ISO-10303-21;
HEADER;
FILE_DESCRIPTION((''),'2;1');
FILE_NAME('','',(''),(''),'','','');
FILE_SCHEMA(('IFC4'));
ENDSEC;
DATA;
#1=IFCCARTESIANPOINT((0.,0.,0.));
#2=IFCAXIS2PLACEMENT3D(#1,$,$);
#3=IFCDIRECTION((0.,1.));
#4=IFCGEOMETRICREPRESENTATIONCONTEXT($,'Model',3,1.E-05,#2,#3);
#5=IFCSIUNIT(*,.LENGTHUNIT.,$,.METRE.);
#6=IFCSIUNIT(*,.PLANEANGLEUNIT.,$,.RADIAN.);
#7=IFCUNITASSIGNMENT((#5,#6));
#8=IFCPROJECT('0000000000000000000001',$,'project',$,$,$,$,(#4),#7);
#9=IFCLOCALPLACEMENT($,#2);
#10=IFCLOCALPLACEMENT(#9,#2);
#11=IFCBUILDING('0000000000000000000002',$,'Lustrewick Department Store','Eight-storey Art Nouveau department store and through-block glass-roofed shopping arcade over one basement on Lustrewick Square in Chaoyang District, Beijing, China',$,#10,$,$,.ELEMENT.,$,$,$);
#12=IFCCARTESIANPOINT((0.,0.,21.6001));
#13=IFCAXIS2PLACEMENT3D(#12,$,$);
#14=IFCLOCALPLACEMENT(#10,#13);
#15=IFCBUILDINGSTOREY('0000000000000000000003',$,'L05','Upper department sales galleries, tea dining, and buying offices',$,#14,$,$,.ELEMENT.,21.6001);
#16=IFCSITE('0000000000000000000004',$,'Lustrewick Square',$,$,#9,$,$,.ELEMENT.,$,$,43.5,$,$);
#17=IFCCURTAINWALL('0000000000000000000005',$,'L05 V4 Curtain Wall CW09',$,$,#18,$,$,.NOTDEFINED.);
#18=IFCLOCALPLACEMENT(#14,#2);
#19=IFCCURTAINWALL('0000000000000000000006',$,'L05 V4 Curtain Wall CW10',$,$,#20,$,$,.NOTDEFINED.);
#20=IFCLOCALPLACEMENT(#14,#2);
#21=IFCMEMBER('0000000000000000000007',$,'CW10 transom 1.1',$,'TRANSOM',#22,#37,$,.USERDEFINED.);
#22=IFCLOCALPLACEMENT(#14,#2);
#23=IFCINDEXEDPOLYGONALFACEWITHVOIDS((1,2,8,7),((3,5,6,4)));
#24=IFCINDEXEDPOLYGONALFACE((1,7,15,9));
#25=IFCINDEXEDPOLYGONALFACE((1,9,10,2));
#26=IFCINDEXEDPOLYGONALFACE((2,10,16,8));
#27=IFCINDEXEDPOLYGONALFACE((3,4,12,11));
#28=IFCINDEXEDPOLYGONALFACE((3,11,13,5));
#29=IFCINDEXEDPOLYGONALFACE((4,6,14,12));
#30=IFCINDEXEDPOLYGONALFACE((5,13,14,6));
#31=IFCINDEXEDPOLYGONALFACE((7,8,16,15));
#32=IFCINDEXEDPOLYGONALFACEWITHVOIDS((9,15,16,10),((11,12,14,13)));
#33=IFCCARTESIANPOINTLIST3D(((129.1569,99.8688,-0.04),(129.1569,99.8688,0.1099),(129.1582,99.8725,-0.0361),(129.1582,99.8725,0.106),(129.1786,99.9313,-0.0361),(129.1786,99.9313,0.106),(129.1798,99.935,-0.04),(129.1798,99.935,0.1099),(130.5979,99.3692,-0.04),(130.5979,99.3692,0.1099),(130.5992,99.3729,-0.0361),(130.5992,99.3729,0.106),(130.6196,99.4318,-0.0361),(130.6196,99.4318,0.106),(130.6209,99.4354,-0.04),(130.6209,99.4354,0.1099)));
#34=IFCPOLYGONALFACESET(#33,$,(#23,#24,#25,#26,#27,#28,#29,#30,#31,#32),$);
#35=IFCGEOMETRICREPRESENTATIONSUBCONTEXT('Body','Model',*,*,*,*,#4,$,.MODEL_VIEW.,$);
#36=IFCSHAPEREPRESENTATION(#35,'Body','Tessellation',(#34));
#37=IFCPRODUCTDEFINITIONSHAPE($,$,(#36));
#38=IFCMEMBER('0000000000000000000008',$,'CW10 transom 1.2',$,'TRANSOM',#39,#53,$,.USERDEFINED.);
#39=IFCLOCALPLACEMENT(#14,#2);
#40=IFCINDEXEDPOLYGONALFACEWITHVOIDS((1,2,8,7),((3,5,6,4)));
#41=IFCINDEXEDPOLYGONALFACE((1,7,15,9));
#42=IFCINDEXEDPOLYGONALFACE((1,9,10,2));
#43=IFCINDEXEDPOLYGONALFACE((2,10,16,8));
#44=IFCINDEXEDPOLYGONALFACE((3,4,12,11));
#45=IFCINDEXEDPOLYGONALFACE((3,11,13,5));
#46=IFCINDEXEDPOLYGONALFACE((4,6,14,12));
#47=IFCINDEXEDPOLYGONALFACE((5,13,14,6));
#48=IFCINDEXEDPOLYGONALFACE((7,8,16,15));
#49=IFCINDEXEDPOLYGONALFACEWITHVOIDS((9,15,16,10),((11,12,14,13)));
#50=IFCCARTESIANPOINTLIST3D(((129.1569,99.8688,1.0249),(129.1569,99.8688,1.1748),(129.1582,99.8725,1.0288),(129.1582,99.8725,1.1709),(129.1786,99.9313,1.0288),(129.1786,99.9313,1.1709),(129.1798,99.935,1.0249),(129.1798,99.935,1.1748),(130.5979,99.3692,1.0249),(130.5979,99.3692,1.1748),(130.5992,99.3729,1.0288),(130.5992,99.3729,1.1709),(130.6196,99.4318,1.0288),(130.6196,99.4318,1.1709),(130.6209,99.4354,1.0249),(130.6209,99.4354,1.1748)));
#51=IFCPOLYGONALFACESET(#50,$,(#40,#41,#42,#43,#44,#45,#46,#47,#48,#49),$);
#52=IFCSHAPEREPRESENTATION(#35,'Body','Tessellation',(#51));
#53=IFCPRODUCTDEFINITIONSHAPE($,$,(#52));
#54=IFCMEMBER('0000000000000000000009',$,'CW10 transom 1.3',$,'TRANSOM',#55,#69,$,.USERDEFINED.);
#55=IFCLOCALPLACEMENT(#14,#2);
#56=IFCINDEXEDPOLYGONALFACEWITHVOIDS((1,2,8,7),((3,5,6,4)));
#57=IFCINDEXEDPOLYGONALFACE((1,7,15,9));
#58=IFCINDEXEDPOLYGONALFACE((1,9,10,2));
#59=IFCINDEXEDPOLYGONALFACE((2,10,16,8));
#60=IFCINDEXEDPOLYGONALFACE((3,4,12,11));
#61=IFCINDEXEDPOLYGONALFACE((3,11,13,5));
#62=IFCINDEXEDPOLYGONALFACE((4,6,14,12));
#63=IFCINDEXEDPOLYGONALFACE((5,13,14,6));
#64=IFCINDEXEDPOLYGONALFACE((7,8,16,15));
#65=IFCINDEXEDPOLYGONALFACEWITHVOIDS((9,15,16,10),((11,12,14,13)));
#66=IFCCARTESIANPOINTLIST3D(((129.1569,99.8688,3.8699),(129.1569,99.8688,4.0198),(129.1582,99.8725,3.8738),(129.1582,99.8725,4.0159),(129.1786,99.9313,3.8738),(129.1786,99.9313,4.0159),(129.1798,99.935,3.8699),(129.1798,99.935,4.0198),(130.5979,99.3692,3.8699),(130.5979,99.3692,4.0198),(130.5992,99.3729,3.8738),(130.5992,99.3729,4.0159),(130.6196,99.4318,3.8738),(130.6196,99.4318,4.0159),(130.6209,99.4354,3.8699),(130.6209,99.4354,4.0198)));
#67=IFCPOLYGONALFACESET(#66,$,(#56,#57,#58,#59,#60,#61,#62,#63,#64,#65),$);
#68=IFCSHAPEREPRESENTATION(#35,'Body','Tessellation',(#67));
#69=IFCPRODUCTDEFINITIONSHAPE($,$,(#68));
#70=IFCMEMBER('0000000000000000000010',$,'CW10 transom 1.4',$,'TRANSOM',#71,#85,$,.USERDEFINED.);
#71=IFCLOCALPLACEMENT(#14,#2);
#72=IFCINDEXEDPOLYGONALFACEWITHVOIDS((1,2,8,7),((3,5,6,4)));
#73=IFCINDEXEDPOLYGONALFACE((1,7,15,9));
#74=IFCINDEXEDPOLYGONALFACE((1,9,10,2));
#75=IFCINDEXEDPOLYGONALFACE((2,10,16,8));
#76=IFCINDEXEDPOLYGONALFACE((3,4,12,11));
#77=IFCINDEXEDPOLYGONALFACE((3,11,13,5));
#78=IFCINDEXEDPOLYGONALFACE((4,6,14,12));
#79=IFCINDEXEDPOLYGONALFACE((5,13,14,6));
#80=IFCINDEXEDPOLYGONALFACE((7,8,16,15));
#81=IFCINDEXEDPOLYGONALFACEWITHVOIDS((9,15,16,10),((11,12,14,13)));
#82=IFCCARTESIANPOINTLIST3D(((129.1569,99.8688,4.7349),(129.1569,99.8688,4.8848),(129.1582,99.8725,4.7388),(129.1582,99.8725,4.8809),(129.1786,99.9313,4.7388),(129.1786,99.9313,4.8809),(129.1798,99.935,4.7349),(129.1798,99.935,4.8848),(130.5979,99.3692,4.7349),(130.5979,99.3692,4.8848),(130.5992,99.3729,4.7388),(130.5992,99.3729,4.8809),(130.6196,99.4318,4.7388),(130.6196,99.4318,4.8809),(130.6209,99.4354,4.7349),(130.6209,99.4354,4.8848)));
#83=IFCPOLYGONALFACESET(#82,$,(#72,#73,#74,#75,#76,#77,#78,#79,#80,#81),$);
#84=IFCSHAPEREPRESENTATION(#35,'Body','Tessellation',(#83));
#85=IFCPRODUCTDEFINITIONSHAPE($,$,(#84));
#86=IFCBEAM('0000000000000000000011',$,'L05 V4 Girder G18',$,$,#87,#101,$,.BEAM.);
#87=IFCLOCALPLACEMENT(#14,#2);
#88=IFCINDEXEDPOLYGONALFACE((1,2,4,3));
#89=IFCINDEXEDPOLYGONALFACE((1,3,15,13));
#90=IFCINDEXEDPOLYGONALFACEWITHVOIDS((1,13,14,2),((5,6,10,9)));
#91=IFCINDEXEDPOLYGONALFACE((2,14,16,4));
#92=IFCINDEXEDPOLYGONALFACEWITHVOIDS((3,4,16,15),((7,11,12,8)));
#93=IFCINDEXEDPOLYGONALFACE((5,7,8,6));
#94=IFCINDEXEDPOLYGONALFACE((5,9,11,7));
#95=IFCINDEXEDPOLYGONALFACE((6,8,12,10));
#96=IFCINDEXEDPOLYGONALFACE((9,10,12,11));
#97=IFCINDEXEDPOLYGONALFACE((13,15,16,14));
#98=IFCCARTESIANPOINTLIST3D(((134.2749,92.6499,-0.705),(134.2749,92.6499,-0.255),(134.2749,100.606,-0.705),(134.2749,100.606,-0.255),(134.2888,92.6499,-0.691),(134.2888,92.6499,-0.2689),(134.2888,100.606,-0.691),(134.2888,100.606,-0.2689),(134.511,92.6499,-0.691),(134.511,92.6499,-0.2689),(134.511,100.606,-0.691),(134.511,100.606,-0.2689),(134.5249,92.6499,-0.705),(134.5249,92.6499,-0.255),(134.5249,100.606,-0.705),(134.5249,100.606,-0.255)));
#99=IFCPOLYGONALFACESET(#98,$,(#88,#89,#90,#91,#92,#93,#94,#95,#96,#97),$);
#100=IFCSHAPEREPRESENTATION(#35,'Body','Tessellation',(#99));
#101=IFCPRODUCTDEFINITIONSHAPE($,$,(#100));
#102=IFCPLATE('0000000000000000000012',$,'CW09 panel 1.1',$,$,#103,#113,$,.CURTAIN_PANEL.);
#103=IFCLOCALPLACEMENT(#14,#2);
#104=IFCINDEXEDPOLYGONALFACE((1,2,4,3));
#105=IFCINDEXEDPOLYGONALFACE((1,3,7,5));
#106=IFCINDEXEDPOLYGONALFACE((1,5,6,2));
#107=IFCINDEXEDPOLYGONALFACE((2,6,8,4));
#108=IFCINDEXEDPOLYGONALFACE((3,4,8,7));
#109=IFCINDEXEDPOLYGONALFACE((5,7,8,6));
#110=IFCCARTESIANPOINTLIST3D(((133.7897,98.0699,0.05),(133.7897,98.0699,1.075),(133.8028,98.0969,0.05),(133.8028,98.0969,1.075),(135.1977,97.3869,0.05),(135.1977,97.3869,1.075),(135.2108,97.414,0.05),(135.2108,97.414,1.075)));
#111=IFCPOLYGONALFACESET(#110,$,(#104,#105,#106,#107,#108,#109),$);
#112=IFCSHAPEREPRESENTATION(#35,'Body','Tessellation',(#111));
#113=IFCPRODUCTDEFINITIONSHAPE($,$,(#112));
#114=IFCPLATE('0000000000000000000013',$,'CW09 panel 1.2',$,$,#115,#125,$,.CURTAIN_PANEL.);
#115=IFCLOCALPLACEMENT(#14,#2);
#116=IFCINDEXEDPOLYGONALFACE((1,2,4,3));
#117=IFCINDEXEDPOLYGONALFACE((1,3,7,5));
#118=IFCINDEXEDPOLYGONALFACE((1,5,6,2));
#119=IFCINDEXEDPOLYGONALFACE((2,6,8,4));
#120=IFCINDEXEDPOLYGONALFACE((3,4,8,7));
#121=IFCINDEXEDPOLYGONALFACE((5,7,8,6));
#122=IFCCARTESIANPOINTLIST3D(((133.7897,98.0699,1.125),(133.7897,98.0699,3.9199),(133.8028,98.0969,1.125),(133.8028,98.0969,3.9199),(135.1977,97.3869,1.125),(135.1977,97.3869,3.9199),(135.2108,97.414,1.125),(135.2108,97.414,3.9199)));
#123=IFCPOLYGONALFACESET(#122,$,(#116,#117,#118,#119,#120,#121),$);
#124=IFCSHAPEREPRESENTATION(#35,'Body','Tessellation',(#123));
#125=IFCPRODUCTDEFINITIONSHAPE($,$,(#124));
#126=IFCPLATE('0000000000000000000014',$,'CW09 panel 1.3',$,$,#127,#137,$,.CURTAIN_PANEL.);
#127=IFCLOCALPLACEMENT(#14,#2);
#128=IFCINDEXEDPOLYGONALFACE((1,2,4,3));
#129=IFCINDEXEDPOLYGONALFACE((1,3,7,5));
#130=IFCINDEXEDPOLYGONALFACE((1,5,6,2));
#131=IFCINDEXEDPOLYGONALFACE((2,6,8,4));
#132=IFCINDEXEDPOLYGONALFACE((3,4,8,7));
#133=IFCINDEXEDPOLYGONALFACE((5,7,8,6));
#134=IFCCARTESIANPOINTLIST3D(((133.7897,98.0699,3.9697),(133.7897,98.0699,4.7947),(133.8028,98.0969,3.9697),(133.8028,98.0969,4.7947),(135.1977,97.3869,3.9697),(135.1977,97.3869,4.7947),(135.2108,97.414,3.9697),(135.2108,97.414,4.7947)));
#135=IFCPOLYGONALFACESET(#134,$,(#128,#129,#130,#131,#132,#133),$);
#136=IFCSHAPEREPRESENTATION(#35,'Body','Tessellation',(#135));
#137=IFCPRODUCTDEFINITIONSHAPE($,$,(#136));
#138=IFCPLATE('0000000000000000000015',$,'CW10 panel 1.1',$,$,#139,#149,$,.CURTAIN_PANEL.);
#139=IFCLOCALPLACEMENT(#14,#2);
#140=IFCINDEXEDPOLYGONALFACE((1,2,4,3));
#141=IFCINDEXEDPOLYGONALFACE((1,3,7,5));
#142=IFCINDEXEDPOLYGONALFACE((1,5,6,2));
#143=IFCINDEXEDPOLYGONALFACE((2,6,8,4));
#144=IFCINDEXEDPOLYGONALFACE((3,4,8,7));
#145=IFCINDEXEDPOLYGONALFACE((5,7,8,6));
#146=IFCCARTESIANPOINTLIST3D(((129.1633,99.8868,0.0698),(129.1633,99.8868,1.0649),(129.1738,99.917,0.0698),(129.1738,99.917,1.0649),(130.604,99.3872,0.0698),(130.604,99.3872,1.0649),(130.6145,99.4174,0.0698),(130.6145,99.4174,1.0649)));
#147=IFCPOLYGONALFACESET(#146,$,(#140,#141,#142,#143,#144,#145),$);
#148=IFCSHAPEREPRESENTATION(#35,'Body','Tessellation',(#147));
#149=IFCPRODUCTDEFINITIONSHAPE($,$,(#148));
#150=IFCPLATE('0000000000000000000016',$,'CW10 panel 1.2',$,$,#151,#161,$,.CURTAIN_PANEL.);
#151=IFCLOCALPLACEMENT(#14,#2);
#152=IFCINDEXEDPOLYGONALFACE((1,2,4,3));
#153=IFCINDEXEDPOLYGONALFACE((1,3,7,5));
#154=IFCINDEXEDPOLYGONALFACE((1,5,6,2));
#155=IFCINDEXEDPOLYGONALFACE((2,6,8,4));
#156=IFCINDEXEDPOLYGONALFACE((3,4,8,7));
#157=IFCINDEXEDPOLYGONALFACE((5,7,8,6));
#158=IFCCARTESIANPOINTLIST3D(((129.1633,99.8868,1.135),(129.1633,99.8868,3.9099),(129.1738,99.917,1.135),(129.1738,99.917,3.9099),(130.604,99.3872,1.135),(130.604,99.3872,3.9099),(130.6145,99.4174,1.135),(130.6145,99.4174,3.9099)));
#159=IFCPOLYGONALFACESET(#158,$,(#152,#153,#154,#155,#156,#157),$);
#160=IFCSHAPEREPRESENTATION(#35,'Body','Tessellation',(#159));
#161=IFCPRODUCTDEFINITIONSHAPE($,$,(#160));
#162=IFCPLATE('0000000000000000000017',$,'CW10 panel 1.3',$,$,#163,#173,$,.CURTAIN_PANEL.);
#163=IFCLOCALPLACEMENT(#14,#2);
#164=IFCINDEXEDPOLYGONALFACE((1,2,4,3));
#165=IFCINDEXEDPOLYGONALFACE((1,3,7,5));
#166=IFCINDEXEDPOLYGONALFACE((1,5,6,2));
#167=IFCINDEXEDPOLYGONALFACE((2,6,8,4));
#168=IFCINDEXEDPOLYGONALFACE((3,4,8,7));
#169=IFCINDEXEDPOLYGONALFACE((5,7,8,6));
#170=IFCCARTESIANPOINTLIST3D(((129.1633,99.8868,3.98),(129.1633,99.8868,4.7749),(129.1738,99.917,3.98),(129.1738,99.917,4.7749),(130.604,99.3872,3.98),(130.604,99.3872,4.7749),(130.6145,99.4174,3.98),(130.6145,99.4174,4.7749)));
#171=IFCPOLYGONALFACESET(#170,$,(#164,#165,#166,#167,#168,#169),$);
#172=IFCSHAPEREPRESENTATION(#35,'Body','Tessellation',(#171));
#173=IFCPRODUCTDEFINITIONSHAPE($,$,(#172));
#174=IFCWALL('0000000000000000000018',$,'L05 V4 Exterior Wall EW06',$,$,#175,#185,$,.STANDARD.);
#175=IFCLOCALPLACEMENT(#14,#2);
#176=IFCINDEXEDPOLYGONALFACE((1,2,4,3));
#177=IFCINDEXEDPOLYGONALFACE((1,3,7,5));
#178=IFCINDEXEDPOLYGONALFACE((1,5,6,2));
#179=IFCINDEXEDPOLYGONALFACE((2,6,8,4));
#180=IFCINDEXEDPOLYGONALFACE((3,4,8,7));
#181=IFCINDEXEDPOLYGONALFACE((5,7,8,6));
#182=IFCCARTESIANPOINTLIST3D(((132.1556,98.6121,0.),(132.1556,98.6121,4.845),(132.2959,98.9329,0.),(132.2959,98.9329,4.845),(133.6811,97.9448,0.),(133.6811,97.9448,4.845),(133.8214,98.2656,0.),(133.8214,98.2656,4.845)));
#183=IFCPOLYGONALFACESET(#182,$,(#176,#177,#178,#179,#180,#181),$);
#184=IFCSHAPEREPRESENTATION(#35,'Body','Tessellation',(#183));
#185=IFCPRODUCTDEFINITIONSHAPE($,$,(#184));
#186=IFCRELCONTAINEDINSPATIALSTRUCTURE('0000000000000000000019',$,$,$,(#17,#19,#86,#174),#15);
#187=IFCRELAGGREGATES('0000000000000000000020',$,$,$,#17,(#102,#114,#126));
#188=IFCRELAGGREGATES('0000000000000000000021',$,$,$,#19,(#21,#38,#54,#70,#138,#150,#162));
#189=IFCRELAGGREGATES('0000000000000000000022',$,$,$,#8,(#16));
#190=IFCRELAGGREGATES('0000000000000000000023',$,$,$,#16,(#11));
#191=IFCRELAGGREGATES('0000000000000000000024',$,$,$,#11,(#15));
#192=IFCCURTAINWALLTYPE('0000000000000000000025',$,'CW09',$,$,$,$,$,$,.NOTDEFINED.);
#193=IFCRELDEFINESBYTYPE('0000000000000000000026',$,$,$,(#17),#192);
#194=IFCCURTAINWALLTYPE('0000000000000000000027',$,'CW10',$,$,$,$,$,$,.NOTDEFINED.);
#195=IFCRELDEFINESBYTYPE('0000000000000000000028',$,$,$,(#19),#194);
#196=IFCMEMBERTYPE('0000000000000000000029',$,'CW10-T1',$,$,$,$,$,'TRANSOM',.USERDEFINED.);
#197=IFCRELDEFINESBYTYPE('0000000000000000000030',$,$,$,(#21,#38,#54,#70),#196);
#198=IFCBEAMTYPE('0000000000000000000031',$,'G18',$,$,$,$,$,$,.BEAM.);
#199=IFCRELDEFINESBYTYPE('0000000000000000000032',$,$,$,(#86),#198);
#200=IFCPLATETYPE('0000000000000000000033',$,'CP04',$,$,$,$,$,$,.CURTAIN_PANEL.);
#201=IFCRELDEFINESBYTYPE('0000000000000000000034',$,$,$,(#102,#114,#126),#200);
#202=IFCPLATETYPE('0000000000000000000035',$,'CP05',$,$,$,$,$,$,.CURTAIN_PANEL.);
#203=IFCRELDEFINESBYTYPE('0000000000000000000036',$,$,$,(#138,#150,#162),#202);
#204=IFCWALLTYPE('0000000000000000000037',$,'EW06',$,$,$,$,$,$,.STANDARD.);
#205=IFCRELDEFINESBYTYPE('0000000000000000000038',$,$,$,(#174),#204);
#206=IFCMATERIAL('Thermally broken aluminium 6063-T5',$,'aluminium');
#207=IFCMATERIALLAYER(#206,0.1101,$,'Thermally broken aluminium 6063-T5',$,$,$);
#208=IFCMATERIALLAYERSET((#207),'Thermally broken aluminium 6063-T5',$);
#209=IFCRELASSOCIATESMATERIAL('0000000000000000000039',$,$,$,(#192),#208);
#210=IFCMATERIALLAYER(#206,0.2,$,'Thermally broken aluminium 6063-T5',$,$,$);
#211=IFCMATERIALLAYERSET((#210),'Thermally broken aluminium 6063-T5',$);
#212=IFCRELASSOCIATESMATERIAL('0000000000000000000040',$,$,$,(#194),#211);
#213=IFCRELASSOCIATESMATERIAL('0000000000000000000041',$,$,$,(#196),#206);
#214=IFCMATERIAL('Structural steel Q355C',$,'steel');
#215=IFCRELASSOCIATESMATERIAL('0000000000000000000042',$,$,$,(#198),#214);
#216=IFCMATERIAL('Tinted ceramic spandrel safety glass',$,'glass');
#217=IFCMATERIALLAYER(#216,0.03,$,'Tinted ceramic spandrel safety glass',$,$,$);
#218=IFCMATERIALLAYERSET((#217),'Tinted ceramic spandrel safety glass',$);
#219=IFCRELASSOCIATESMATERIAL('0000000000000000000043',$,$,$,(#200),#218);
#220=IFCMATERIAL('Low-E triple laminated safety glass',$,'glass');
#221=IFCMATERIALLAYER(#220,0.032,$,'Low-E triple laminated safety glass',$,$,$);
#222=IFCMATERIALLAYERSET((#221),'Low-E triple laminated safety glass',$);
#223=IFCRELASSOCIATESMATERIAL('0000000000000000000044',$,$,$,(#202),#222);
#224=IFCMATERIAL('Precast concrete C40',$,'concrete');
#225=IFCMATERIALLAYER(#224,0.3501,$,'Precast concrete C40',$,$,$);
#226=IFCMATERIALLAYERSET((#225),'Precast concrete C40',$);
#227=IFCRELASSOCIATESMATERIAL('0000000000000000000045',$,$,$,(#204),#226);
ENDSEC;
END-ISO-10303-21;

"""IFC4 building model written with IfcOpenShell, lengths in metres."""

from ifc_helpers import new_model, si_unit, direction, frame, frame_2d, origin, origin_2d, place, context, subcontext, project, spatial, rectangle, hollow_rectangle, extrude, material, layer, layer_set, material_profile, profile_set, type_object, element, aggregate, save


model = new_model("IFC4")

# Units and contexts
model_context = context("Model", 3, precision=1e-05, world=origin(), true_north=direction((0.0, 1.0)))
body_context = subcontext(model_context, "Body", "Model", "MODEL_VIEW")
ifc_project = project(units=[si_unit("LENGTHUNIT", "METRE"), si_unit("PLANEANGLEUNIT", "RADIAN")], contexts=[model_context])

# Site, building, storey
site_placement = place(None, origin())
site = spatial("IfcSite", under=ifc_project, at=site_placement, Name="Lustrewick Square", CompositionType="ELEMENT", RefElevation=43.5)
building_placement = place(site_placement, origin())
building = spatial("IfcBuilding", under=site, at=building_placement, Name="Lustrewick Department Store", Description="Eight-storey Art Nouveau department store and through-block glass-roofed shopping arcade over one basement on Lustrewick Square in Chaoyang District, Beijing, China", CompositionType="ELEMENT")
storey_placement = place(building_placement, frame((0.0, 0.0, 21.6001)))
storey = spatial("IfcBuildingStorey", under=building, at=storey_placement, Name="L05", Description="Upper department sales galleries, tea dining, and buying offices", CompositionType="ELEMENT", Elevation=21.6001)

# Curtain walls, members
ifc_material_1 = material(Name="Thermally broken aluminium 6063-T5", Category="aluminium")
ifc_layer_1 = layer(ifc_material_1, 0.1101, Name="Thermally broken aluminium 6063-T5")
ifc_layer_set_1 = layer_set([ifc_layer_1], Name="Thermally broken aluminium 6063-T5")
curtain_wall_type_1 = type_object("IfcCurtainWallType", Name="CW09", PredefinedType="NOTDEFINED", material=ifc_layer_set_1)
curtain_wall_1_placement = place(storey_placement, origin())
curtain_wall_1 = element("IfcCurtainWall", 1, at=curtain_wall_1_placement, inside=storey, type_object=curtain_wall_type_1, Name="L05 V4 Curtain Wall CW09", PredefinedType="NOTDEFINED")
ifc_layer_2 = layer(ifc_material_1, 0.2, Name="Thermally broken aluminium 6063-T5")
ifc_layer_set_2 = layer_set([ifc_layer_2], Name="Thermally broken aluminium 6063-T5")
curtain_wall_type_2 = type_object("IfcCurtainWallType", Name="CW10", PredefinedType="NOTDEFINED", material=ifc_layer_set_2)
curtain_wall_2_placement = place(storey_placement, origin())
curtain_wall_2 = element("IfcCurtainWall", 2, at=curtain_wall_2_placement, inside=storey, type_object=curtain_wall_type_2, Name="L05 V4 Curtain Wall CW10", PredefinedType="NOTDEFINED")
ifc_material_profile_1 = material_profile(ifc_material_1, hollow_rectangle(XDim=0.0701, YDim=0.1499, WallThickness=0.0039, at=origin_2d()), Name="ALU-T 70x150x4")
ifc_profile_set_1 = profile_set([ifc_material_profile_1], Name="Thermally broken aluminium 6063-T5")
member_type_1 = type_object("IfcMemberType", Name="CW10-T1", ElementType="TRANSOM", PredefinedType="USERDEFINED", material=ifc_profile_set_1)
member_1_placement = place(storey_placement, frame((130.6094, 99.4023, 0.0349), z_axis=(-0.944838, 0.327539, 0.0), x_axis=(-0.327539, -0.944838, 0.0)))
member_1 = element("IfcMember", 3, at=member_1_placement, type_object=member_type_1, Name="CW10 transom 1.1", ObjectType="TRANSOM", PredefinedType="USERDEFINED", context=body_context, shape_type="SweptSolid", body=[
    extrude(hollow_rectangle(XDim=0.0701, YDim=0.1499, WallThickness=0.0039, at=origin_2d()), origin(), (0.0, 0.0, 1.0), 1.5251),
])
member_2_placement = place(storey_placement, frame((130.6094, 99.4023, 1.0999), z_axis=(-0.944838, 0.327539, 0.0), x_axis=(-0.327539, -0.944838, 0.0)))
member_2 = element("IfcMember", 4, at=member_2_placement, type_object=member_type_1, Name="CW10 transom 1.2", ObjectType="TRANSOM", PredefinedType="USERDEFINED", context=body_context, shape_type="SweptSolid", body=[
    extrude(hollow_rectangle(XDim=0.0701, YDim=0.1499, WallThickness=0.0039, at=origin_2d()), origin(), (0.0, 0.0, 1.0), 1.5251),
])
member_3_placement = place(storey_placement, frame((130.6094, 99.4023, 3.9448), z_axis=(-0.944838, 0.327539, 0.0), x_axis=(-0.327539, -0.944838, 0.0)))
member_3 = element("IfcMember", 5, at=member_3_placement, type_object=member_type_1, Name="CW10 transom 1.3", ObjectType="TRANSOM", PredefinedType="USERDEFINED", context=body_context, shape_type="SweptSolid", body=[
    extrude(hollow_rectangle(XDim=0.0701, YDim=0.1499, WallThickness=0.0039, at=origin_2d()), origin(), (0.0, 0.0, 1.0), 1.5251),
])
member_4_placement = place(storey_placement, frame((130.6094, 99.4023, 4.8098), z_axis=(-0.944838, 0.327539, 0.0), x_axis=(-0.327539, -0.944838, 0.0)))
member_4 = element("IfcMember", 6, at=member_4_placement, type_object=member_type_1, Name="CW10 transom 1.4", ObjectType="TRANSOM", PredefinedType="USERDEFINED", context=body_context, shape_type="SweptSolid", body=[
    extrude(hollow_rectangle(XDim=0.0701, YDim=0.1499, WallThickness=0.0039, at=origin_2d()), origin(), (0.0, 0.0, 1.0), 1.5251),
])

# Beam
ifc_material_2 = material(Name="Structural steel Q355C", Category="steel")
ifc_material_profile_2 = material_profile(ifc_material_2, hollow_rectangle(XDim=0.25, YDim=0.45, WallThickness=0.0139, at=origin_2d()), Name="RHS 450x250x14")
ifc_profile_set_2 = profile_set([ifc_material_profile_2], Name="Structural steel Q355C")
beam_type_1 = type_object("IfcBeamType", Name="G18", PredefinedType="BEAM", material=ifc_profile_set_2)
beam_1_placement = place(storey_placement, frame((134.3999, 92.6499, -0.48), z_axis=(0.0, 1.0, 0.0), x_axis=(-1.0, 0.0, 0.0)))
element("IfcBeam", 7, at=beam_1_placement, inside=storey, type_object=beam_type_1, Name="L05 V4 Girder G18", PredefinedType="BEAM", context=body_context, shape_type="SweptSolid", body=[
    extrude(hollow_rectangle(XDim=0.25, YDim=0.45, WallThickness=0.0139, at=origin_2d()), origin(), (0.0, 0.0, 1.0), 7.9561),
])

# Plates
ifc_material_3 = material(Name="Tinted ceramic spandrel safety glass", Category="glass")
ifc_layer_3 = layer(ifc_material_3, 0.03, Name="Tinted ceramic spandrel safety glass")
ifc_layer_set_3 = layer_set([ifc_layer_3], Name="Tinted ceramic spandrel safety glass")
plate_type_1 = type_object("IfcPlateType", Name="CP04", PredefinedType="CURTAIN_PANEL", material=ifc_layer_set_3)
plate_1_placement = place(storey_placement, frame((134.5002, 97.7419, 0.05), z_axis=(0.0, 0.0, 1.0), x_axis=(-0.899744, 0.436418, 0.0)))
plate_1 = element("IfcPlate", 8, at=plate_1_placement, type_object=plate_type_1, Name="CW09 panel 1.1", PredefinedType="CURTAIN_PANEL", context=body_context, shape_type="SweptSolid", body=[
    extrude(rectangle(XDim=1.5649, YDim=0.03, at=origin_2d()), origin(), (0.0, 0.0, 1.0), 1.0249),
])
plate_2_placement = place(storey_placement, frame((134.5002, 97.7419, 1.125), z_axis=(0.0, 0.0, 1.0), x_axis=(-0.899744, 0.436418, 0.0)))
plate_2 = element("IfcPlate", 9, at=plate_2_placement, type_object=plate_type_1, Name="CW09 panel 1.2", PredefinedType="CURTAIN_PANEL", context=body_context, shape_type="SweptSolid", body=[
    extrude(rectangle(XDim=1.5649, YDim=0.03, at=origin_2d()), origin(), (0.0, 0.0, 1.0), 2.7949),
])
plate_3_placement = place(storey_placement, frame((134.5002, 97.7419, 3.9697), z_axis=(0.0, 0.0, 1.0), x_axis=(-0.899744, 0.436418, 0.0)))
plate_3 = element("IfcPlate", 10, at=plate_3_placement, type_object=plate_type_1, Name="CW09 panel 1.3", PredefinedType="CURTAIN_PANEL", context=body_context, shape_type="SweptSolid", body=[
    extrude(rectangle(XDim=1.5649, YDim=0.03, at=origin_2d()), origin(), (0.0, 0.0, 1.0), 0.825),
])
aggregate(curtain_wall_1, [plate_1, plate_2, plate_3])
ifc_material_4 = material(Name="Low-E triple laminated safety glass", Category="glass")
ifc_layer_4 = layer(ifc_material_4, 0.032, Name="Low-E triple laminated safety glass")
ifc_layer_set_4 = layer_set([ifc_layer_4], Name="Low-E triple laminated safety glass")
plate_type_2 = type_object("IfcPlateType", Name="CP05", PredefinedType="CURTAIN_PANEL", material=ifc_layer_set_4)
plate_4_placement = place(storey_placement, frame((129.8889, 99.6521, 0.0698), z_axis=(0.0, 0.0, 1.0), x_axis=(-0.944807, 0.327628, 0.0)))
plate_4 = element("IfcPlate", 11, at=plate_4_placement, type_object=plate_type_2, Name="CW10 panel 1.1", PredefinedType="CURTAIN_PANEL", context=body_context, shape_type="SweptSolid", body=[
    extrude(rectangle(XDim=1.5249, YDim=0.032, at=origin_2d()), origin(), (0.0, 0.0, 1.0), 0.9951),
])
plate_5_placement = place(storey_placement, frame((129.8889, 99.6521, 1.135), z_axis=(0.0, 0.0, 1.0), x_axis=(-0.944807, 0.327628, 0.0)))
plate_5 = element("IfcPlate", 12, at=plate_5_placement, type_object=plate_type_2, Name="CW10 panel 1.2", PredefinedType="CURTAIN_PANEL", context=body_context, shape_type="SweptSolid", body=[
    extrude(rectangle(XDim=1.5249, YDim=0.032, at=origin_2d()), origin(), (0.0, 0.0, 1.0), 2.7749),
])
plate_6_placement = place(storey_placement, frame((129.8889, 99.6521, 3.98), z_axis=(0.0, 0.0, 1.0), x_axis=(-0.944807, 0.327628, 0.0)))
plate_6 = element("IfcPlate", 13, at=plate_6_placement, type_object=plate_type_2, Name="CW10 panel 1.3", PredefinedType="CURTAIN_PANEL", context=body_context, shape_type="SweptSolid", body=[
    extrude(rectangle(XDim=1.5249, YDim=0.032, at=origin_2d()), origin(), (0.0, 0.0, 1.0), 0.7949),
])
aggregate(curtain_wall_2, [member_1, member_2, member_3, member_4, plate_4, plate_5, plate_6])

# Wall
ifc_material_5 = material(Name="Precast concrete C40", Category="concrete")
ifc_layer_5 = layer(ifc_material_5, 0.3501, Name="Precast concrete C40")
ifc_layer_set_5 = layer_set([ifc_layer_5], Name="Precast concrete C40")
wall_type = type_object("IfcWallType", Name="EW06", PredefinedType="STANDARD", material=ifc_layer_set_5)
for number, where, z_axis, x_axis, name in (
    (14, (133.7512, 98.1052, 0.0), (0.0, 0.0, 1.0), (-0.916184, 0.400757, 0.0), "L05 V4 Exterior Wall EW06"),
):
    element("IfcWall", number, at=place(storey_placement, frame(where, z_axis=z_axis, x_axis=x_axis)), inside=storey, type_object=wall_type, Name=name, PredefinedType="STANDARD", context=body_context, shape_type="SweptSolid", body=[
        extrude(rectangle(XDim=1.665, YDim=0.3501, at=frame_2d((0.8325, 0.0))), origin(), (0.0, 0.0, 1.0), 4.845),
    ])

save(model, "model.ifc")
